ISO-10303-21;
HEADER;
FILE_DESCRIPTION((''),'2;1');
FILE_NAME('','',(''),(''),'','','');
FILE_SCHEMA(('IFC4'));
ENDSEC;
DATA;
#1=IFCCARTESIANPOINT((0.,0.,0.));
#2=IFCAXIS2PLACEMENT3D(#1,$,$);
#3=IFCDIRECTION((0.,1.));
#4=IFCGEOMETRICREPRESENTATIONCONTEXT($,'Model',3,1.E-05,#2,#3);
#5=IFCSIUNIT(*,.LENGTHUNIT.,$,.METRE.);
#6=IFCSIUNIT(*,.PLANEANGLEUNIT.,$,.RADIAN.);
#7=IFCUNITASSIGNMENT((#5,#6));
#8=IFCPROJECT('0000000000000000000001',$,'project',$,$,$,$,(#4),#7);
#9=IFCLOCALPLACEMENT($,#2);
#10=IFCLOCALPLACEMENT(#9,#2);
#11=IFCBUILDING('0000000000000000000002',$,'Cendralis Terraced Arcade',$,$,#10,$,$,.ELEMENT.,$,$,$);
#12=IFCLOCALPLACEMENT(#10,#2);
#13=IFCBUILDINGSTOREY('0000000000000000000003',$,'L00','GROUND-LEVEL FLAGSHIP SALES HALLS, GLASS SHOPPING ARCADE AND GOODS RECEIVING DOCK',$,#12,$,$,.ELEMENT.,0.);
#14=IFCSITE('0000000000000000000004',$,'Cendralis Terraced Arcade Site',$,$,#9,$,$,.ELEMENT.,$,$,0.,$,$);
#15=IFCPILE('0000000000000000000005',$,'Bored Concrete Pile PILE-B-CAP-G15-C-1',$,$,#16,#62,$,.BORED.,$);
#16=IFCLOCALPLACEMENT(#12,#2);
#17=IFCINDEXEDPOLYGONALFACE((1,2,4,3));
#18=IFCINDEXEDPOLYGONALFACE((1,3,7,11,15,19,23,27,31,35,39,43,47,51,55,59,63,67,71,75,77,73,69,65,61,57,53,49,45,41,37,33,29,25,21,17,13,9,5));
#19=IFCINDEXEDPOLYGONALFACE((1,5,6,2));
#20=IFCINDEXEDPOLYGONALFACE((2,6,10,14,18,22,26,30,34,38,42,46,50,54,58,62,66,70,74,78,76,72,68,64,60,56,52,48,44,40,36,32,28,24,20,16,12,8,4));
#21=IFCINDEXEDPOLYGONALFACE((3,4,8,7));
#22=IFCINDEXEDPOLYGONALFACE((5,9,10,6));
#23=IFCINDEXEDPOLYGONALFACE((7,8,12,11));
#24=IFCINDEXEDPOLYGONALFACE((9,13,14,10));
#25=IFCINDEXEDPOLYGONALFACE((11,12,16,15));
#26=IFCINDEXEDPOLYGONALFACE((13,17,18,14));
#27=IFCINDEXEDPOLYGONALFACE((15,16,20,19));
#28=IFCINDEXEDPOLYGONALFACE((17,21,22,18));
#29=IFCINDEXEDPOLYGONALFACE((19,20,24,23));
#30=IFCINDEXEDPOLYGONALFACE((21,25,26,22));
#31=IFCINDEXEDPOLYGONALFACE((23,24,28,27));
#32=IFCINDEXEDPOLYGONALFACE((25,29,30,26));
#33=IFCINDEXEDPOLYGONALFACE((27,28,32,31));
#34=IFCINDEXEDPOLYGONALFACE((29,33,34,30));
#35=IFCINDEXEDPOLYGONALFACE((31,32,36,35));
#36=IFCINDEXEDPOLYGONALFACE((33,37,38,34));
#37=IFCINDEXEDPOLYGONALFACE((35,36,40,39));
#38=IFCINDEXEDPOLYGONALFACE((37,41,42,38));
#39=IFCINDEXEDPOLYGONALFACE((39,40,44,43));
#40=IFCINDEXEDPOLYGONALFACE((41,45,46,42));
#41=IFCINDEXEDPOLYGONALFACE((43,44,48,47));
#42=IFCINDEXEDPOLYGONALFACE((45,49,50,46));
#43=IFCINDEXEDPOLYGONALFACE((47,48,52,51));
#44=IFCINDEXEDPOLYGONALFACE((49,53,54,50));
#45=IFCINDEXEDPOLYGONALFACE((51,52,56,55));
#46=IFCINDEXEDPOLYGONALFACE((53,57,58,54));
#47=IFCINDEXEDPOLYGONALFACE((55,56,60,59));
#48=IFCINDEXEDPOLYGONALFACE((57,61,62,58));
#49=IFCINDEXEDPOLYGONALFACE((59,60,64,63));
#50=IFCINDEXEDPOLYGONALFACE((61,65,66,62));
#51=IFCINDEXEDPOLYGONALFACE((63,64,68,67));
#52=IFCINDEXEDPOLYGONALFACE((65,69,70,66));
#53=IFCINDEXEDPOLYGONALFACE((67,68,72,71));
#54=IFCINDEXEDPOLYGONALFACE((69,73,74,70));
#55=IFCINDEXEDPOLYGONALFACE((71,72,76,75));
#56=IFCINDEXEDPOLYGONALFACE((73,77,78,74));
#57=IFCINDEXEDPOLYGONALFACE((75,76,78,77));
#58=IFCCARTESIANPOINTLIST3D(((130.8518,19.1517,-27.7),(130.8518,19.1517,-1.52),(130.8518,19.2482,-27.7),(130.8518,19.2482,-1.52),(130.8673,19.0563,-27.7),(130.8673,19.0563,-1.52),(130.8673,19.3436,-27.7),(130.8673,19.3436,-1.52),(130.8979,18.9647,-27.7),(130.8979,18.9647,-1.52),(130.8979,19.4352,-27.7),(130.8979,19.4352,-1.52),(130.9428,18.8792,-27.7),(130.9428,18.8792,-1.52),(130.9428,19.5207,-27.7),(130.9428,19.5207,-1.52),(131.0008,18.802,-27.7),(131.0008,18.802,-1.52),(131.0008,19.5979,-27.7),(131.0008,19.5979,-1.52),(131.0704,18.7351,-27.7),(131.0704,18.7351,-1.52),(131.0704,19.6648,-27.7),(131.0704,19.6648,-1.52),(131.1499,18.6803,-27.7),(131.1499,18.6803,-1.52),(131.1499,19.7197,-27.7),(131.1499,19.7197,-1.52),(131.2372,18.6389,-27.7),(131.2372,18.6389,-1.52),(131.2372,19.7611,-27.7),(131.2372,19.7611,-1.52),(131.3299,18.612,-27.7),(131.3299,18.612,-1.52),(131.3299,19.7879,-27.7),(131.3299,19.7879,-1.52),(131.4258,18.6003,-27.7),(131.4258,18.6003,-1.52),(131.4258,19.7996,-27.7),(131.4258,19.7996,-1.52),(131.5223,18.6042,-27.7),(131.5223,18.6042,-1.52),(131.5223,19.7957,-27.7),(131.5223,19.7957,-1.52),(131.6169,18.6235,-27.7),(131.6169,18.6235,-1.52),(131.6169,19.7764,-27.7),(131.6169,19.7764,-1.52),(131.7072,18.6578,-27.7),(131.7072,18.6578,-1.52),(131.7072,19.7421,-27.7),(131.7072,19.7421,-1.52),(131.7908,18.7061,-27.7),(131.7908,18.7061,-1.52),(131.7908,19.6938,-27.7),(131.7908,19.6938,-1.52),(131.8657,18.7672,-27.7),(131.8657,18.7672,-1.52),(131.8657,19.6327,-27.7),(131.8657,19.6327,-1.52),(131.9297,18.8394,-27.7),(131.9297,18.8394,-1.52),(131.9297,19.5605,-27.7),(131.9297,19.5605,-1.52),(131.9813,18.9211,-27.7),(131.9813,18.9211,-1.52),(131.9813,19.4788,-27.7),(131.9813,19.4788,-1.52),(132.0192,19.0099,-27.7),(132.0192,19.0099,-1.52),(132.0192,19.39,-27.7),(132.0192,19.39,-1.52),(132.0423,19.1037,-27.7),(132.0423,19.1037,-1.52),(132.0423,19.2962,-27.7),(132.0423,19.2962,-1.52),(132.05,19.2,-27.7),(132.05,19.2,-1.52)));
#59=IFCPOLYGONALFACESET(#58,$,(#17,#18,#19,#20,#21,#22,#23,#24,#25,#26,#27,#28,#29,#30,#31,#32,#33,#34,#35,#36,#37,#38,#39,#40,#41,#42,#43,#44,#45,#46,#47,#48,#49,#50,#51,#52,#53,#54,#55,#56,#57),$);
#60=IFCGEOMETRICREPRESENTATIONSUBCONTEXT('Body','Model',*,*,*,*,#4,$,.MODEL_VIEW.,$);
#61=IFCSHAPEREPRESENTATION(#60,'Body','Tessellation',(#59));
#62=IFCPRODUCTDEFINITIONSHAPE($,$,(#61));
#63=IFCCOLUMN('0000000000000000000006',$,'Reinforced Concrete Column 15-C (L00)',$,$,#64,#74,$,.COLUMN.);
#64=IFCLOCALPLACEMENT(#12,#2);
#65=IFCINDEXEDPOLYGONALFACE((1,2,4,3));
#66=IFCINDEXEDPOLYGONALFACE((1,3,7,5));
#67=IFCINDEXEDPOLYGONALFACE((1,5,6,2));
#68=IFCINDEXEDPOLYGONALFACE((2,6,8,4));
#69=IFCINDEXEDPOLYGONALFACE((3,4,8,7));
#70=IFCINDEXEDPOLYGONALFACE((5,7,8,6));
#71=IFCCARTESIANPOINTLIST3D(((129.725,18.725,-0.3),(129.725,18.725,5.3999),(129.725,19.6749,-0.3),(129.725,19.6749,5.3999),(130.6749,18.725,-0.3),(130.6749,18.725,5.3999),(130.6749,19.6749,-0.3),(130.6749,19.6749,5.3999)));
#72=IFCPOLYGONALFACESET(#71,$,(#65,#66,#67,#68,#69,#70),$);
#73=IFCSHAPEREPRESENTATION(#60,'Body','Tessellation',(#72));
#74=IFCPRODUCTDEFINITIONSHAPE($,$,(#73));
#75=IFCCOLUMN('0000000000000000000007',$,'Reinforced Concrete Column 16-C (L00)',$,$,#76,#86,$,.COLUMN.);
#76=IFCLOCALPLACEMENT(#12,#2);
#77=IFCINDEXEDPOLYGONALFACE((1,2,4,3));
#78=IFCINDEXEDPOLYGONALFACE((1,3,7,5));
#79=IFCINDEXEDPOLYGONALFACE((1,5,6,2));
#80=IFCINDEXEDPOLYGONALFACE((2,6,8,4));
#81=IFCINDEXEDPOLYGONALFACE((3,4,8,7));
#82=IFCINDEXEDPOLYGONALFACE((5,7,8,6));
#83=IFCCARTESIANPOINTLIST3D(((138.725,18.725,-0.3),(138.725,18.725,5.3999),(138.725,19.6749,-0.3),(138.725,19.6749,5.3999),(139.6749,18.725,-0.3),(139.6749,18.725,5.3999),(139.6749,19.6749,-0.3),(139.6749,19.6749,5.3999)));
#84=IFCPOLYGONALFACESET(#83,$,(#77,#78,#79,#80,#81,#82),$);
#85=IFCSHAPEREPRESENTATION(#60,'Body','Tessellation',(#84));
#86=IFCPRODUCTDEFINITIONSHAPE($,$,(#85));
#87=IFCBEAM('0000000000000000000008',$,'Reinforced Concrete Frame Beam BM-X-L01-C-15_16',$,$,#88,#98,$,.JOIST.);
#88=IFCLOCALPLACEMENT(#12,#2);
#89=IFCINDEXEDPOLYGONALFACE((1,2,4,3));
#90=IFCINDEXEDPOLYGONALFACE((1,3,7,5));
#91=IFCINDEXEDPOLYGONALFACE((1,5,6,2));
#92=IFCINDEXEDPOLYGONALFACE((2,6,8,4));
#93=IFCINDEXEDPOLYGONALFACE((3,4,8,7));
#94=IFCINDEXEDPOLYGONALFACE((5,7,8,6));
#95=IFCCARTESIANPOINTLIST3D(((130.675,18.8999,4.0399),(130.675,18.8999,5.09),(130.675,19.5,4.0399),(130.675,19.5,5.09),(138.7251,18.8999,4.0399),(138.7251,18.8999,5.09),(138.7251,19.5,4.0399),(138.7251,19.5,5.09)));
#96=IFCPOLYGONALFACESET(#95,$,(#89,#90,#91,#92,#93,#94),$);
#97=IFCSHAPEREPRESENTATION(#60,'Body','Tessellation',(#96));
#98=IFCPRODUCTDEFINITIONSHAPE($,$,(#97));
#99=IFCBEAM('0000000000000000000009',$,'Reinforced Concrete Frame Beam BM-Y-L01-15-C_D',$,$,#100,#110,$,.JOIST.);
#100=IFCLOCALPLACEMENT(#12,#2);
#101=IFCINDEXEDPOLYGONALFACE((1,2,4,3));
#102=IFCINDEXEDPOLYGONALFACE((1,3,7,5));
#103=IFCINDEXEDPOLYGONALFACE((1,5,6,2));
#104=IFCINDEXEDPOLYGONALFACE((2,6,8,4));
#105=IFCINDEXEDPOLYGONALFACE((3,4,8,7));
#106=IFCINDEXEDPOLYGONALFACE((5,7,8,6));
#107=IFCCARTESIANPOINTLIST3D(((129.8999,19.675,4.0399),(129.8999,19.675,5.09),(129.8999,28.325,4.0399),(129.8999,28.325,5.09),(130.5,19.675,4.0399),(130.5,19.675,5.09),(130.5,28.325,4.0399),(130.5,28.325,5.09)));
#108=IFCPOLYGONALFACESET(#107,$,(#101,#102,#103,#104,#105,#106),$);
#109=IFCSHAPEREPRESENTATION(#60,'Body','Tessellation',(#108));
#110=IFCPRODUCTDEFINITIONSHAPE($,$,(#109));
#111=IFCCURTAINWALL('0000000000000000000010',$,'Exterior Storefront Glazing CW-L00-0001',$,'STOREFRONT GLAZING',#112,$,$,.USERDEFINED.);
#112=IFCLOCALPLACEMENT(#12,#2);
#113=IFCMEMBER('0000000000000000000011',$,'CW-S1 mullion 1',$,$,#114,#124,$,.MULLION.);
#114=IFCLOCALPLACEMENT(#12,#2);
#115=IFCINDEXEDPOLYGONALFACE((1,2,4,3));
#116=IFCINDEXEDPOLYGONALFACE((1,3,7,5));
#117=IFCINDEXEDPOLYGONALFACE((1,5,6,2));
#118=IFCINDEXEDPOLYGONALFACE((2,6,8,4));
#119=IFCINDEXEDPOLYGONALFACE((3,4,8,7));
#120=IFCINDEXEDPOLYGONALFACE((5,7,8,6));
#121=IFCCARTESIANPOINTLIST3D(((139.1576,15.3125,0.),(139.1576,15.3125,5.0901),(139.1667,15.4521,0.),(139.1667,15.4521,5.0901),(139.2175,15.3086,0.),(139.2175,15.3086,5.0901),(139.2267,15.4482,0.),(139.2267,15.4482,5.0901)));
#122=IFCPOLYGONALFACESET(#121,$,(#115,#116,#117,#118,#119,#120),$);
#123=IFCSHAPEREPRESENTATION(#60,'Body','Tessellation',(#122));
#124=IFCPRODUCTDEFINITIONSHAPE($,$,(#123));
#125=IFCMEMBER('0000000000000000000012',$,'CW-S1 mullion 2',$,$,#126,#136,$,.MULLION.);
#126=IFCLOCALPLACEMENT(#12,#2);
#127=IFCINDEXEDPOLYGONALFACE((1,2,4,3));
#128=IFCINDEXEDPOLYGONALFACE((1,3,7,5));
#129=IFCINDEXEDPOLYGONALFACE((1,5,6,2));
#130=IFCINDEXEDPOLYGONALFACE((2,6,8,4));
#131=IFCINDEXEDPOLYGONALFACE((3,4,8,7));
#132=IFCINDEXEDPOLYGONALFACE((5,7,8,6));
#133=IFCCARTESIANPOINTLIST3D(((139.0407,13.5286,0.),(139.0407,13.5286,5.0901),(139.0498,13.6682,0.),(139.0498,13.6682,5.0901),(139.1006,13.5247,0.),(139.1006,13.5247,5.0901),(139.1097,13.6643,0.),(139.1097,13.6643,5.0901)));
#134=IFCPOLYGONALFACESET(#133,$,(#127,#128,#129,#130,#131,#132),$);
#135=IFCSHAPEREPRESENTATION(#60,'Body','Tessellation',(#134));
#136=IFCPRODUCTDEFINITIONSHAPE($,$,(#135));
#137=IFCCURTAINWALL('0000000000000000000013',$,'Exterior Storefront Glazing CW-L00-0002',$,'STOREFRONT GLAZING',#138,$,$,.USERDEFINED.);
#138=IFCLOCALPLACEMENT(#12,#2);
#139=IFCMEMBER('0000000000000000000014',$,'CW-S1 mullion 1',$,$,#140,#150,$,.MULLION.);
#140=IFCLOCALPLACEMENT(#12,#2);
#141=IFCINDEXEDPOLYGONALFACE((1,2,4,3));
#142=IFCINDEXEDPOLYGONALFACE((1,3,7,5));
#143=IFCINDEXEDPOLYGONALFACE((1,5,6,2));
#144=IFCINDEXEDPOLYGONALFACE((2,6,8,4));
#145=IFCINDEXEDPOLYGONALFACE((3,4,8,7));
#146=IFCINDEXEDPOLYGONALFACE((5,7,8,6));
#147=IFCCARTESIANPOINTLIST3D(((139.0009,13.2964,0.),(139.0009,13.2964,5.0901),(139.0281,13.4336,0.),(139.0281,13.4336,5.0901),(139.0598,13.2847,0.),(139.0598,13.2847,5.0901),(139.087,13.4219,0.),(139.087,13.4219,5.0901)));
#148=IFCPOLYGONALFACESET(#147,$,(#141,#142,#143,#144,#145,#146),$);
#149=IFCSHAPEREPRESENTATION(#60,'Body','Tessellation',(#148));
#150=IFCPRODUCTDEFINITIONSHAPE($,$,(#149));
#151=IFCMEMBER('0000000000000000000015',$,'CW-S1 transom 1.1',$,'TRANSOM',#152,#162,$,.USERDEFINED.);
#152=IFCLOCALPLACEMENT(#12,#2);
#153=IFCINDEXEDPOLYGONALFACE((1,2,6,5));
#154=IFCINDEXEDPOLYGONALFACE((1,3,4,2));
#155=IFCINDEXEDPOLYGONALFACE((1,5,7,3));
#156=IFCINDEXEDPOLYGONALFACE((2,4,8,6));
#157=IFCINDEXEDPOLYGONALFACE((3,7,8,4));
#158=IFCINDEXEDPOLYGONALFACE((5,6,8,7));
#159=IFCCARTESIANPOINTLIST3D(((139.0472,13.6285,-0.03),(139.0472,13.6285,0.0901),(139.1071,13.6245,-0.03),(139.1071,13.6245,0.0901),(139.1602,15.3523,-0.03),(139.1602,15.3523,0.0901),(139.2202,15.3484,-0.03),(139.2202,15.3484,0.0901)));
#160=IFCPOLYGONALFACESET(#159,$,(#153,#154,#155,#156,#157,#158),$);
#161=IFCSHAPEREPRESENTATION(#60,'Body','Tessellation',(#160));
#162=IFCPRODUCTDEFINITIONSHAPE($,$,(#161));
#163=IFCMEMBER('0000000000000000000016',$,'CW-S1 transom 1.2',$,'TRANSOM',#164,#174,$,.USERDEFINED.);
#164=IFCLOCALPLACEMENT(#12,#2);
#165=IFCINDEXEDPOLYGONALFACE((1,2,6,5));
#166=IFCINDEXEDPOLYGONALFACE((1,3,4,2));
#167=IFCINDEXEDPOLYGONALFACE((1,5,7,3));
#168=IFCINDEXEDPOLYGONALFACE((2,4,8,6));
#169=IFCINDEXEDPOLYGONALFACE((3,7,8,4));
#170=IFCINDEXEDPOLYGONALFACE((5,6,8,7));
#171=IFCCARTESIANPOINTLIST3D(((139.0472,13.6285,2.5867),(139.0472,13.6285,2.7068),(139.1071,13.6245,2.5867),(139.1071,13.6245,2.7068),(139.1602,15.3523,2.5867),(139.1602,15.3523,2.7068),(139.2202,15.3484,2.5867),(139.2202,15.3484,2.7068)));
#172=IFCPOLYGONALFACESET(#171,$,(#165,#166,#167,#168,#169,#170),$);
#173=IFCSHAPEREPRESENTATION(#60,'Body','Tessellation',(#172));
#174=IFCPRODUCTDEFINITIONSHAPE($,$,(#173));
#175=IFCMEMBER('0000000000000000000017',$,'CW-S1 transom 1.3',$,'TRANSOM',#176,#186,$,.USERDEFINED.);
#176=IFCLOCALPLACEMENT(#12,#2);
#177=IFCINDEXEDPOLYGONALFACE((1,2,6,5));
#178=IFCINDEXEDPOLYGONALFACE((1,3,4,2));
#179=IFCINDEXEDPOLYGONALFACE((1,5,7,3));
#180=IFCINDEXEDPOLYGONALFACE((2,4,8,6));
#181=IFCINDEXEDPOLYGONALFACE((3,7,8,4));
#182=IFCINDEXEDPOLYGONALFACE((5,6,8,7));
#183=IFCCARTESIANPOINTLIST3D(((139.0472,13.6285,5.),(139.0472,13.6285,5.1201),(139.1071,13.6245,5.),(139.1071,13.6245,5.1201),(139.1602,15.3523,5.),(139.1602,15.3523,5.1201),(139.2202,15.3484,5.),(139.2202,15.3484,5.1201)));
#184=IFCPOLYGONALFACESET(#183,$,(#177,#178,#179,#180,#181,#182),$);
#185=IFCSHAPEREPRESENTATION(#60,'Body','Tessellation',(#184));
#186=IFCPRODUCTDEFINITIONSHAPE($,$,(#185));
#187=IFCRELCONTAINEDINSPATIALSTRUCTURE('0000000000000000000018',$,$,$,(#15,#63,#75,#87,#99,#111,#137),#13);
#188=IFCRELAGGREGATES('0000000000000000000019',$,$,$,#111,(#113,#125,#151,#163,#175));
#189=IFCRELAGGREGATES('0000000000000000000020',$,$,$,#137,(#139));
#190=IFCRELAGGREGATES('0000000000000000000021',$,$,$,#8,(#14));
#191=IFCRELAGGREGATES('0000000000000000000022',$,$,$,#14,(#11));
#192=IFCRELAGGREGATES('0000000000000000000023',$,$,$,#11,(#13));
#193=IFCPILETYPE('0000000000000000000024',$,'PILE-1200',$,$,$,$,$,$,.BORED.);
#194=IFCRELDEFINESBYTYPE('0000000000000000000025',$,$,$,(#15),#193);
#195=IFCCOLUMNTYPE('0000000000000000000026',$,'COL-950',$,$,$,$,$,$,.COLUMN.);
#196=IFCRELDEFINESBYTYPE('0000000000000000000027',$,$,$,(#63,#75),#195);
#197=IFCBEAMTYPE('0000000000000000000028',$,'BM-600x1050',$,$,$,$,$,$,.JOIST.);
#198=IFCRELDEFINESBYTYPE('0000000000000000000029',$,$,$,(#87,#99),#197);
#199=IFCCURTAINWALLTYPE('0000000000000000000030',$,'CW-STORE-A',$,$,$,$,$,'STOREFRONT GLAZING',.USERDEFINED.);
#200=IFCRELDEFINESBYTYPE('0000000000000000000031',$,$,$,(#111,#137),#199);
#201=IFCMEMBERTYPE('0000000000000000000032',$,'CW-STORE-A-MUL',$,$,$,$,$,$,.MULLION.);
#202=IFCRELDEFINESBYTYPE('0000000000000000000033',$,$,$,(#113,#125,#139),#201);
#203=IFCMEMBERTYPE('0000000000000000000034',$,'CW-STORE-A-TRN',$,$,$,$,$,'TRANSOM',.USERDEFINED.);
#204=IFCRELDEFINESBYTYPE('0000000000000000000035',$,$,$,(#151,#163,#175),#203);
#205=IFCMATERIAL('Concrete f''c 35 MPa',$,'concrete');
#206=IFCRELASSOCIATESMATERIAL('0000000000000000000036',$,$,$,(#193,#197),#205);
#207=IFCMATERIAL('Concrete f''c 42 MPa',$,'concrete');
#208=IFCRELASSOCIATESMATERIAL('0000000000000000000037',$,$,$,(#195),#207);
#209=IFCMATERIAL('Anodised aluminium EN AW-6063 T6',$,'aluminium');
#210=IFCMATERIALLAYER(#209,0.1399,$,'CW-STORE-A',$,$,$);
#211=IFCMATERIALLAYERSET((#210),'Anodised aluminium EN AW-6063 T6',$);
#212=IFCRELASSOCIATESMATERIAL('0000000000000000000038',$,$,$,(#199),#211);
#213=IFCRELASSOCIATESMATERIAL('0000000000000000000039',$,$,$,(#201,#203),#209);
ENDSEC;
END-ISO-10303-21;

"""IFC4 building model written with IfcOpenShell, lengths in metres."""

from ifc_helpers import new_model, si_unit, direction, frame, origin, origin_2d, place, context, subcontext, project, spatial, rectangle, circle, extrude, material, layer, layer_set, material_profile, profile_set, type_object, element, aggregate, save


model = new_model("IFC4")

# Units and contexts
model_context = context("Model", 3, precision=1e-05, world=origin(), true_north=direction((0.0, 1.0)))
body_context = subcontext(model_context, "Body", "Model", "MODEL_VIEW")
ifc_project = project(units=[si_unit("LENGTHUNIT", "METRE"), si_unit("PLANEANGLEUNIT", "RADIAN")], contexts=[model_context])

# Site, building, storey
site_placement = place(None, origin())
site = spatial("IfcSite", under=ifc_project, at=site_placement, Name="Cendralis Terraced Arcade Site", CompositionType="ELEMENT", RefElevation=0.0)
building_placement = place(site_placement, origin())
building = spatial("IfcBuilding", under=site, at=building_placement, Name="Cendralis Terraced Arcade", CompositionType="ELEMENT")
storey_placement = place(building_placement, origin())
storey = spatial("IfcBuildingStorey", under=building, at=storey_placement, Name="L00", Description="GROUND-LEVEL FLAGSHIP SALES HALLS, GLASS SHOPPING ARCADE AND GOODS RECEIVING DOCK", CompositionType="ELEMENT", Elevation=0.0)

# Shared definitions
ifc_material_1 = material(Name="Concrete f'c 35 MPa", Category="concrete")

# Pile
ifc_material_profile_1 = material_profile(ifc_material_1, circle(Radius=0.6001, at=origin_2d()), Name="PILE-D1200", Category="LoadBearing")
ifc_profile_set_1 = profile_set([ifc_material_profile_1], Name="Concrete f'c 35 MPa")
pile_type_1 = type_object("IfcPileType", Name="PILE-1200", PredefinedType="BORED", material=ifc_profile_set_1)
pile_placement = place(storey_placement, frame((131.45, 19.2, -1.52), z_axis=(0.0, 0.0, -1.0), x_axis=(1.0, 0.0, 0.0)))
element("IfcPile", 1, at=pile_placement, inside=storey, type_object=pile_type_1, Name="Bored Concrete Pile PILE-B-CAP-G15-C-1", PredefinedType="BORED", context=body_context, shape_type="SweptSolid", body=[
    extrude(circle(Radius=0.6001, at=origin_2d()), origin(), (0.0, 0.0, 1.0), 26.1799),
])

# Columns
ifc_material_2 = material(Name="Concrete f'c 42 MPa", Category="concrete")
ifc_material_profile_2 = material_profile(ifc_material_2, rectangle(XDim=0.95, YDim=0.95, at=origin_2d()), Name="RC-COL-950x950", Category="LoadBearing")
ifc_profile_set_2 = profile_set([ifc_material_profile_2], Name="Concrete f'c 42 MPa")
column_type = type_object("IfcColumnType", Name="COL-950", PredefinedType="COLUMN", material=ifc_profile_set_2)
for number, where, z_axis, x_axis, name in (
    (2, (130.2, 19.2, -0.3), (0.0, 0.0, 1.0), (1.0, 0.0, 0.0), "Reinforced Concrete Column 15-C (L00)"),
    (3, (139.2, 19.2, -0.3), (0.0, 0.0, 1.0), (1.0, 0.0, 0.0), "Reinforced Concrete Column 16-C (L00)"),
):
    element("IfcColumn", number, at=place(storey_placement, frame(where, z_axis=z_axis, x_axis=x_axis)), inside=storey, type_object=column_type, Name=name, PredefinedType="COLUMN", context=body_context, shape_type="SweptSolid", body=[
        extrude(rectangle(XDim=0.95, YDim=0.95, at=origin_2d()), origin(), (0.0, 0.0, 1.0), 5.7),
    ])

# Beams
ifc_material_profile_3 = material_profile(ifc_material_1, rectangle(XDim=0.6001, YDim=1.05, at=origin_2d()), Name="RC-BM-600x1050", Category="LoadBearing")
ifc_profile_set_3 = profile_set([ifc_material_profile_3], Name="Concrete f'c 35 MPa")
beam_type = type_object("IfcBeamType", Name="BM-600x1050", PredefinedType="JOIST", material=ifc_profile_set_3)
beam_1_placement = place(storey_placement, frame((130.675, 19.2, 4.5649), z_axis=(1.0, 0.0, 0.0), x_axis=(0.0, 1.0, 0.0)))
element("IfcBeam", 4, at=beam_1_placement, inside=storey, type_object=beam_type, Name="Reinforced Concrete Frame Beam BM-X-L01-C-15_16", PredefinedType="JOIST", context=body_context, shape_type="SweptSolid", body=[
    extrude(rectangle(XDim=0.6001, YDim=1.05, at=origin_2d()), origin(), (0.0, 0.0, 1.0), 8.05),
])
beam_2_placement = place(storey_placement, frame((130.2, 19.675, 4.5649), z_axis=(0.0, 1.0, 0.0), x_axis=(-1.0, 0.0, 0.0)))
element("IfcBeam", 5, at=beam_2_placement, inside=storey, type_object=beam_type, Name="Reinforced Concrete Frame Beam BM-Y-L01-15-C_D", PredefinedType="JOIST", context=body_context, shape_type="SweptSolid", body=[
    extrude(rectangle(XDim=0.6001, YDim=1.05, at=origin_2d()), origin(), (0.0, 0.0, 1.0), 8.6499),
])

# Curtain wall, members
ifc_material_3 = material(Name="Anodised aluminium EN AW-6063 T6", Category="aluminium")
ifc_layer_1 = layer(ifc_material_3, 0.1399, Name="CW-STORE-A")
ifc_layer_set_1 = layer_set([ifc_layer_1], Name="Anodised aluminium EN AW-6063 T6")
curtain_wall_type = type_object("IfcCurtainWallType", Name="CW-STORE-A", ElementType="STOREFRONT GLAZING", PredefinedType="USERDEFINED", material=ifc_layer_set_1)
curtain_wall_1_placement = place(storey_placement, origin())
curtain_wall_1 = element("IfcCurtainWall", 6, at=curtain_wall_1_placement, inside=storey, type_object=curtain_wall_type, Name="Exterior Storefront Glazing CW-L00-0001", ObjectType="STOREFRONT GLAZING", PredefinedType="USERDEFINED")
ifc_material_profile_4 = material_profile(ifc_material_3, rectangle(XDim=0.0601, YDim=0.1399, at=origin_2d()), Name="ALU-MUL-60x140")
ifc_profile_set_4 = profile_set([ifc_material_profile_4], Name="Anodised aluminium EN AW-6063 T6")
member_type_1 = type_object("IfcMemberType", Name="CW-STORE-A-MUL", PredefinedType="MULLION", material=ifc_profile_set_4)
member_1_placement = place(storey_placement, frame((139.1921, 15.3804, 0.0), z_axis=(0.0, 0.0, 1.0), x_axis=(0.99786, -0.065384, 0.0)))
member_1 = element("IfcMember", 7, at=member_1_placement, type_object=member_type_1, Name="CW-S1 mullion 1", PredefinedType="MULLION", context=body_context, shape_type="SweptSolid", body=[
    extrude(rectangle(XDim=0.0601, YDim=0.1399, at=origin_2d()), origin(), (0.0, 0.0, 1.0), 5.0901),
])
member_2_placement = place(storey_placement, frame((139.0752, 13.5964, 0.0), z_axis=(0.0, 0.0, 1.0), x_axis=(0.99786, -0.065384, 0.0)))
member_2 = element("IfcMember", 8, at=member_2_placement, type_object=member_type_1, Name="CW-S1 mullion 2", PredefinedType="MULLION", context=body_context, shape_type="SweptSolid", body=[
    extrude(rectangle(XDim=0.0601, YDim=0.1399, at=origin_2d()), origin(), (0.0, 0.0, 1.0), 5.0901),
])

# Curtain wall, member
curtain_wall_2_placement = place(storey_placement, origin())
curtain_wall_2 = element("IfcCurtainWall", 9, at=curtain_wall_2_placement, inside=storey, type_object=curtain_wall_type, Name="Exterior Storefront Glazing CW-L00-0002", ObjectType="STOREFRONT GLAZING", PredefinedType="USERDEFINED")
member_3_placement = place(storey_placement, frame((139.0439, 13.3591, 0.0), z_axis=(0.0, 0.0, 1.0), x_axis=(0.980797, -0.195033, 0.0)))
member_3 = element("IfcMember", 10, at=member_3_placement, type_object=member_type_1, Name="CW-S1 mullion 1", PredefinedType="MULLION", context=body_context, shape_type="SweptSolid", body=[
    extrude(rectangle(XDim=0.0601, YDim=0.1399, at=origin_2d()), origin(), (0.0, 0.0, 1.0), 5.0901),
])

# Members
ifc_material_profile_5 = material_profile(ifc_material_3, rectangle(XDim=0.0601, YDim=0.1201, at=origin_2d()), Name="ALU-TRN-60x120")
ifc_profile_set_5 = profile_set([ifc_material_profile_5], Name="Anodised aluminium EN AW-6063 T6")
member_type_2 = type_object("IfcMemberType", Name="CW-STORE-A-TRN", ElementType="TRANSOM", PredefinedType="USERDEFINED", material=ifc_profile_set_5)
member_4_placement = place(storey_placement, frame((139.1902, 15.3503, 0.03), z_axis=(-0.065431, -0.997857, 0.0), x_axis=(0.997857, -0.065431, 0.0)))
member_4 = element("IfcMember", 11, at=member_4_placement, type_object=member_type_2, Name="CW-S1 transom 1.1", ObjectType="TRANSOM", PredefinedType="USERDEFINED", context=body_context, shape_type="SweptSolid", body=[
    extrude(rectangle(XDim=0.0601, YDim=0.1201, at=origin_2d()), origin(), (0.0, 0.0, 1.0), 1.7275),
])
member_5_placement = place(storey_placement, frame((139.1902, 15.3503, 2.6467), z_axis=(-0.065431, -0.997857, 0.0), x_axis=(0.997857, -0.065431, 0.0)))
member_5 = element("IfcMember", 12, at=member_5_placement, type_object=member_type_2, Name="CW-S1 transom 1.2", ObjectType="TRANSOM", PredefinedType="USERDEFINED", context=body_context, shape_type="SweptSolid", body=[
    extrude(rectangle(XDim=0.0601, YDim=0.1201, at=origin_2d()), origin(), (0.0, 0.0, 1.0), 1.7275),
])
member_6_placement = place(storey_placement, frame((139.1902, 15.3503, 5.0601), z_axis=(-0.065431, -0.997857, 0.0), x_axis=(0.997857, -0.065431, 0.0)))
member_6 = element("IfcMember", 13, at=member_6_placement, type_object=member_type_2, Name="CW-S1 transom 1.3", ObjectType="TRANSOM", PredefinedType="USERDEFINED", context=body_context, shape_type="SweptSolid", body=[
    extrude(rectangle(XDim=0.0601, YDim=0.1201, at=origin_2d()), origin(), (0.0, 0.0, 1.0), 1.7275),
])

aggregate(curtain_wall_1, [member_1, member_2, member_4, member_5, member_6])
aggregate(curtain_wall_2, [member_3])

save(model, "model.ifc")
